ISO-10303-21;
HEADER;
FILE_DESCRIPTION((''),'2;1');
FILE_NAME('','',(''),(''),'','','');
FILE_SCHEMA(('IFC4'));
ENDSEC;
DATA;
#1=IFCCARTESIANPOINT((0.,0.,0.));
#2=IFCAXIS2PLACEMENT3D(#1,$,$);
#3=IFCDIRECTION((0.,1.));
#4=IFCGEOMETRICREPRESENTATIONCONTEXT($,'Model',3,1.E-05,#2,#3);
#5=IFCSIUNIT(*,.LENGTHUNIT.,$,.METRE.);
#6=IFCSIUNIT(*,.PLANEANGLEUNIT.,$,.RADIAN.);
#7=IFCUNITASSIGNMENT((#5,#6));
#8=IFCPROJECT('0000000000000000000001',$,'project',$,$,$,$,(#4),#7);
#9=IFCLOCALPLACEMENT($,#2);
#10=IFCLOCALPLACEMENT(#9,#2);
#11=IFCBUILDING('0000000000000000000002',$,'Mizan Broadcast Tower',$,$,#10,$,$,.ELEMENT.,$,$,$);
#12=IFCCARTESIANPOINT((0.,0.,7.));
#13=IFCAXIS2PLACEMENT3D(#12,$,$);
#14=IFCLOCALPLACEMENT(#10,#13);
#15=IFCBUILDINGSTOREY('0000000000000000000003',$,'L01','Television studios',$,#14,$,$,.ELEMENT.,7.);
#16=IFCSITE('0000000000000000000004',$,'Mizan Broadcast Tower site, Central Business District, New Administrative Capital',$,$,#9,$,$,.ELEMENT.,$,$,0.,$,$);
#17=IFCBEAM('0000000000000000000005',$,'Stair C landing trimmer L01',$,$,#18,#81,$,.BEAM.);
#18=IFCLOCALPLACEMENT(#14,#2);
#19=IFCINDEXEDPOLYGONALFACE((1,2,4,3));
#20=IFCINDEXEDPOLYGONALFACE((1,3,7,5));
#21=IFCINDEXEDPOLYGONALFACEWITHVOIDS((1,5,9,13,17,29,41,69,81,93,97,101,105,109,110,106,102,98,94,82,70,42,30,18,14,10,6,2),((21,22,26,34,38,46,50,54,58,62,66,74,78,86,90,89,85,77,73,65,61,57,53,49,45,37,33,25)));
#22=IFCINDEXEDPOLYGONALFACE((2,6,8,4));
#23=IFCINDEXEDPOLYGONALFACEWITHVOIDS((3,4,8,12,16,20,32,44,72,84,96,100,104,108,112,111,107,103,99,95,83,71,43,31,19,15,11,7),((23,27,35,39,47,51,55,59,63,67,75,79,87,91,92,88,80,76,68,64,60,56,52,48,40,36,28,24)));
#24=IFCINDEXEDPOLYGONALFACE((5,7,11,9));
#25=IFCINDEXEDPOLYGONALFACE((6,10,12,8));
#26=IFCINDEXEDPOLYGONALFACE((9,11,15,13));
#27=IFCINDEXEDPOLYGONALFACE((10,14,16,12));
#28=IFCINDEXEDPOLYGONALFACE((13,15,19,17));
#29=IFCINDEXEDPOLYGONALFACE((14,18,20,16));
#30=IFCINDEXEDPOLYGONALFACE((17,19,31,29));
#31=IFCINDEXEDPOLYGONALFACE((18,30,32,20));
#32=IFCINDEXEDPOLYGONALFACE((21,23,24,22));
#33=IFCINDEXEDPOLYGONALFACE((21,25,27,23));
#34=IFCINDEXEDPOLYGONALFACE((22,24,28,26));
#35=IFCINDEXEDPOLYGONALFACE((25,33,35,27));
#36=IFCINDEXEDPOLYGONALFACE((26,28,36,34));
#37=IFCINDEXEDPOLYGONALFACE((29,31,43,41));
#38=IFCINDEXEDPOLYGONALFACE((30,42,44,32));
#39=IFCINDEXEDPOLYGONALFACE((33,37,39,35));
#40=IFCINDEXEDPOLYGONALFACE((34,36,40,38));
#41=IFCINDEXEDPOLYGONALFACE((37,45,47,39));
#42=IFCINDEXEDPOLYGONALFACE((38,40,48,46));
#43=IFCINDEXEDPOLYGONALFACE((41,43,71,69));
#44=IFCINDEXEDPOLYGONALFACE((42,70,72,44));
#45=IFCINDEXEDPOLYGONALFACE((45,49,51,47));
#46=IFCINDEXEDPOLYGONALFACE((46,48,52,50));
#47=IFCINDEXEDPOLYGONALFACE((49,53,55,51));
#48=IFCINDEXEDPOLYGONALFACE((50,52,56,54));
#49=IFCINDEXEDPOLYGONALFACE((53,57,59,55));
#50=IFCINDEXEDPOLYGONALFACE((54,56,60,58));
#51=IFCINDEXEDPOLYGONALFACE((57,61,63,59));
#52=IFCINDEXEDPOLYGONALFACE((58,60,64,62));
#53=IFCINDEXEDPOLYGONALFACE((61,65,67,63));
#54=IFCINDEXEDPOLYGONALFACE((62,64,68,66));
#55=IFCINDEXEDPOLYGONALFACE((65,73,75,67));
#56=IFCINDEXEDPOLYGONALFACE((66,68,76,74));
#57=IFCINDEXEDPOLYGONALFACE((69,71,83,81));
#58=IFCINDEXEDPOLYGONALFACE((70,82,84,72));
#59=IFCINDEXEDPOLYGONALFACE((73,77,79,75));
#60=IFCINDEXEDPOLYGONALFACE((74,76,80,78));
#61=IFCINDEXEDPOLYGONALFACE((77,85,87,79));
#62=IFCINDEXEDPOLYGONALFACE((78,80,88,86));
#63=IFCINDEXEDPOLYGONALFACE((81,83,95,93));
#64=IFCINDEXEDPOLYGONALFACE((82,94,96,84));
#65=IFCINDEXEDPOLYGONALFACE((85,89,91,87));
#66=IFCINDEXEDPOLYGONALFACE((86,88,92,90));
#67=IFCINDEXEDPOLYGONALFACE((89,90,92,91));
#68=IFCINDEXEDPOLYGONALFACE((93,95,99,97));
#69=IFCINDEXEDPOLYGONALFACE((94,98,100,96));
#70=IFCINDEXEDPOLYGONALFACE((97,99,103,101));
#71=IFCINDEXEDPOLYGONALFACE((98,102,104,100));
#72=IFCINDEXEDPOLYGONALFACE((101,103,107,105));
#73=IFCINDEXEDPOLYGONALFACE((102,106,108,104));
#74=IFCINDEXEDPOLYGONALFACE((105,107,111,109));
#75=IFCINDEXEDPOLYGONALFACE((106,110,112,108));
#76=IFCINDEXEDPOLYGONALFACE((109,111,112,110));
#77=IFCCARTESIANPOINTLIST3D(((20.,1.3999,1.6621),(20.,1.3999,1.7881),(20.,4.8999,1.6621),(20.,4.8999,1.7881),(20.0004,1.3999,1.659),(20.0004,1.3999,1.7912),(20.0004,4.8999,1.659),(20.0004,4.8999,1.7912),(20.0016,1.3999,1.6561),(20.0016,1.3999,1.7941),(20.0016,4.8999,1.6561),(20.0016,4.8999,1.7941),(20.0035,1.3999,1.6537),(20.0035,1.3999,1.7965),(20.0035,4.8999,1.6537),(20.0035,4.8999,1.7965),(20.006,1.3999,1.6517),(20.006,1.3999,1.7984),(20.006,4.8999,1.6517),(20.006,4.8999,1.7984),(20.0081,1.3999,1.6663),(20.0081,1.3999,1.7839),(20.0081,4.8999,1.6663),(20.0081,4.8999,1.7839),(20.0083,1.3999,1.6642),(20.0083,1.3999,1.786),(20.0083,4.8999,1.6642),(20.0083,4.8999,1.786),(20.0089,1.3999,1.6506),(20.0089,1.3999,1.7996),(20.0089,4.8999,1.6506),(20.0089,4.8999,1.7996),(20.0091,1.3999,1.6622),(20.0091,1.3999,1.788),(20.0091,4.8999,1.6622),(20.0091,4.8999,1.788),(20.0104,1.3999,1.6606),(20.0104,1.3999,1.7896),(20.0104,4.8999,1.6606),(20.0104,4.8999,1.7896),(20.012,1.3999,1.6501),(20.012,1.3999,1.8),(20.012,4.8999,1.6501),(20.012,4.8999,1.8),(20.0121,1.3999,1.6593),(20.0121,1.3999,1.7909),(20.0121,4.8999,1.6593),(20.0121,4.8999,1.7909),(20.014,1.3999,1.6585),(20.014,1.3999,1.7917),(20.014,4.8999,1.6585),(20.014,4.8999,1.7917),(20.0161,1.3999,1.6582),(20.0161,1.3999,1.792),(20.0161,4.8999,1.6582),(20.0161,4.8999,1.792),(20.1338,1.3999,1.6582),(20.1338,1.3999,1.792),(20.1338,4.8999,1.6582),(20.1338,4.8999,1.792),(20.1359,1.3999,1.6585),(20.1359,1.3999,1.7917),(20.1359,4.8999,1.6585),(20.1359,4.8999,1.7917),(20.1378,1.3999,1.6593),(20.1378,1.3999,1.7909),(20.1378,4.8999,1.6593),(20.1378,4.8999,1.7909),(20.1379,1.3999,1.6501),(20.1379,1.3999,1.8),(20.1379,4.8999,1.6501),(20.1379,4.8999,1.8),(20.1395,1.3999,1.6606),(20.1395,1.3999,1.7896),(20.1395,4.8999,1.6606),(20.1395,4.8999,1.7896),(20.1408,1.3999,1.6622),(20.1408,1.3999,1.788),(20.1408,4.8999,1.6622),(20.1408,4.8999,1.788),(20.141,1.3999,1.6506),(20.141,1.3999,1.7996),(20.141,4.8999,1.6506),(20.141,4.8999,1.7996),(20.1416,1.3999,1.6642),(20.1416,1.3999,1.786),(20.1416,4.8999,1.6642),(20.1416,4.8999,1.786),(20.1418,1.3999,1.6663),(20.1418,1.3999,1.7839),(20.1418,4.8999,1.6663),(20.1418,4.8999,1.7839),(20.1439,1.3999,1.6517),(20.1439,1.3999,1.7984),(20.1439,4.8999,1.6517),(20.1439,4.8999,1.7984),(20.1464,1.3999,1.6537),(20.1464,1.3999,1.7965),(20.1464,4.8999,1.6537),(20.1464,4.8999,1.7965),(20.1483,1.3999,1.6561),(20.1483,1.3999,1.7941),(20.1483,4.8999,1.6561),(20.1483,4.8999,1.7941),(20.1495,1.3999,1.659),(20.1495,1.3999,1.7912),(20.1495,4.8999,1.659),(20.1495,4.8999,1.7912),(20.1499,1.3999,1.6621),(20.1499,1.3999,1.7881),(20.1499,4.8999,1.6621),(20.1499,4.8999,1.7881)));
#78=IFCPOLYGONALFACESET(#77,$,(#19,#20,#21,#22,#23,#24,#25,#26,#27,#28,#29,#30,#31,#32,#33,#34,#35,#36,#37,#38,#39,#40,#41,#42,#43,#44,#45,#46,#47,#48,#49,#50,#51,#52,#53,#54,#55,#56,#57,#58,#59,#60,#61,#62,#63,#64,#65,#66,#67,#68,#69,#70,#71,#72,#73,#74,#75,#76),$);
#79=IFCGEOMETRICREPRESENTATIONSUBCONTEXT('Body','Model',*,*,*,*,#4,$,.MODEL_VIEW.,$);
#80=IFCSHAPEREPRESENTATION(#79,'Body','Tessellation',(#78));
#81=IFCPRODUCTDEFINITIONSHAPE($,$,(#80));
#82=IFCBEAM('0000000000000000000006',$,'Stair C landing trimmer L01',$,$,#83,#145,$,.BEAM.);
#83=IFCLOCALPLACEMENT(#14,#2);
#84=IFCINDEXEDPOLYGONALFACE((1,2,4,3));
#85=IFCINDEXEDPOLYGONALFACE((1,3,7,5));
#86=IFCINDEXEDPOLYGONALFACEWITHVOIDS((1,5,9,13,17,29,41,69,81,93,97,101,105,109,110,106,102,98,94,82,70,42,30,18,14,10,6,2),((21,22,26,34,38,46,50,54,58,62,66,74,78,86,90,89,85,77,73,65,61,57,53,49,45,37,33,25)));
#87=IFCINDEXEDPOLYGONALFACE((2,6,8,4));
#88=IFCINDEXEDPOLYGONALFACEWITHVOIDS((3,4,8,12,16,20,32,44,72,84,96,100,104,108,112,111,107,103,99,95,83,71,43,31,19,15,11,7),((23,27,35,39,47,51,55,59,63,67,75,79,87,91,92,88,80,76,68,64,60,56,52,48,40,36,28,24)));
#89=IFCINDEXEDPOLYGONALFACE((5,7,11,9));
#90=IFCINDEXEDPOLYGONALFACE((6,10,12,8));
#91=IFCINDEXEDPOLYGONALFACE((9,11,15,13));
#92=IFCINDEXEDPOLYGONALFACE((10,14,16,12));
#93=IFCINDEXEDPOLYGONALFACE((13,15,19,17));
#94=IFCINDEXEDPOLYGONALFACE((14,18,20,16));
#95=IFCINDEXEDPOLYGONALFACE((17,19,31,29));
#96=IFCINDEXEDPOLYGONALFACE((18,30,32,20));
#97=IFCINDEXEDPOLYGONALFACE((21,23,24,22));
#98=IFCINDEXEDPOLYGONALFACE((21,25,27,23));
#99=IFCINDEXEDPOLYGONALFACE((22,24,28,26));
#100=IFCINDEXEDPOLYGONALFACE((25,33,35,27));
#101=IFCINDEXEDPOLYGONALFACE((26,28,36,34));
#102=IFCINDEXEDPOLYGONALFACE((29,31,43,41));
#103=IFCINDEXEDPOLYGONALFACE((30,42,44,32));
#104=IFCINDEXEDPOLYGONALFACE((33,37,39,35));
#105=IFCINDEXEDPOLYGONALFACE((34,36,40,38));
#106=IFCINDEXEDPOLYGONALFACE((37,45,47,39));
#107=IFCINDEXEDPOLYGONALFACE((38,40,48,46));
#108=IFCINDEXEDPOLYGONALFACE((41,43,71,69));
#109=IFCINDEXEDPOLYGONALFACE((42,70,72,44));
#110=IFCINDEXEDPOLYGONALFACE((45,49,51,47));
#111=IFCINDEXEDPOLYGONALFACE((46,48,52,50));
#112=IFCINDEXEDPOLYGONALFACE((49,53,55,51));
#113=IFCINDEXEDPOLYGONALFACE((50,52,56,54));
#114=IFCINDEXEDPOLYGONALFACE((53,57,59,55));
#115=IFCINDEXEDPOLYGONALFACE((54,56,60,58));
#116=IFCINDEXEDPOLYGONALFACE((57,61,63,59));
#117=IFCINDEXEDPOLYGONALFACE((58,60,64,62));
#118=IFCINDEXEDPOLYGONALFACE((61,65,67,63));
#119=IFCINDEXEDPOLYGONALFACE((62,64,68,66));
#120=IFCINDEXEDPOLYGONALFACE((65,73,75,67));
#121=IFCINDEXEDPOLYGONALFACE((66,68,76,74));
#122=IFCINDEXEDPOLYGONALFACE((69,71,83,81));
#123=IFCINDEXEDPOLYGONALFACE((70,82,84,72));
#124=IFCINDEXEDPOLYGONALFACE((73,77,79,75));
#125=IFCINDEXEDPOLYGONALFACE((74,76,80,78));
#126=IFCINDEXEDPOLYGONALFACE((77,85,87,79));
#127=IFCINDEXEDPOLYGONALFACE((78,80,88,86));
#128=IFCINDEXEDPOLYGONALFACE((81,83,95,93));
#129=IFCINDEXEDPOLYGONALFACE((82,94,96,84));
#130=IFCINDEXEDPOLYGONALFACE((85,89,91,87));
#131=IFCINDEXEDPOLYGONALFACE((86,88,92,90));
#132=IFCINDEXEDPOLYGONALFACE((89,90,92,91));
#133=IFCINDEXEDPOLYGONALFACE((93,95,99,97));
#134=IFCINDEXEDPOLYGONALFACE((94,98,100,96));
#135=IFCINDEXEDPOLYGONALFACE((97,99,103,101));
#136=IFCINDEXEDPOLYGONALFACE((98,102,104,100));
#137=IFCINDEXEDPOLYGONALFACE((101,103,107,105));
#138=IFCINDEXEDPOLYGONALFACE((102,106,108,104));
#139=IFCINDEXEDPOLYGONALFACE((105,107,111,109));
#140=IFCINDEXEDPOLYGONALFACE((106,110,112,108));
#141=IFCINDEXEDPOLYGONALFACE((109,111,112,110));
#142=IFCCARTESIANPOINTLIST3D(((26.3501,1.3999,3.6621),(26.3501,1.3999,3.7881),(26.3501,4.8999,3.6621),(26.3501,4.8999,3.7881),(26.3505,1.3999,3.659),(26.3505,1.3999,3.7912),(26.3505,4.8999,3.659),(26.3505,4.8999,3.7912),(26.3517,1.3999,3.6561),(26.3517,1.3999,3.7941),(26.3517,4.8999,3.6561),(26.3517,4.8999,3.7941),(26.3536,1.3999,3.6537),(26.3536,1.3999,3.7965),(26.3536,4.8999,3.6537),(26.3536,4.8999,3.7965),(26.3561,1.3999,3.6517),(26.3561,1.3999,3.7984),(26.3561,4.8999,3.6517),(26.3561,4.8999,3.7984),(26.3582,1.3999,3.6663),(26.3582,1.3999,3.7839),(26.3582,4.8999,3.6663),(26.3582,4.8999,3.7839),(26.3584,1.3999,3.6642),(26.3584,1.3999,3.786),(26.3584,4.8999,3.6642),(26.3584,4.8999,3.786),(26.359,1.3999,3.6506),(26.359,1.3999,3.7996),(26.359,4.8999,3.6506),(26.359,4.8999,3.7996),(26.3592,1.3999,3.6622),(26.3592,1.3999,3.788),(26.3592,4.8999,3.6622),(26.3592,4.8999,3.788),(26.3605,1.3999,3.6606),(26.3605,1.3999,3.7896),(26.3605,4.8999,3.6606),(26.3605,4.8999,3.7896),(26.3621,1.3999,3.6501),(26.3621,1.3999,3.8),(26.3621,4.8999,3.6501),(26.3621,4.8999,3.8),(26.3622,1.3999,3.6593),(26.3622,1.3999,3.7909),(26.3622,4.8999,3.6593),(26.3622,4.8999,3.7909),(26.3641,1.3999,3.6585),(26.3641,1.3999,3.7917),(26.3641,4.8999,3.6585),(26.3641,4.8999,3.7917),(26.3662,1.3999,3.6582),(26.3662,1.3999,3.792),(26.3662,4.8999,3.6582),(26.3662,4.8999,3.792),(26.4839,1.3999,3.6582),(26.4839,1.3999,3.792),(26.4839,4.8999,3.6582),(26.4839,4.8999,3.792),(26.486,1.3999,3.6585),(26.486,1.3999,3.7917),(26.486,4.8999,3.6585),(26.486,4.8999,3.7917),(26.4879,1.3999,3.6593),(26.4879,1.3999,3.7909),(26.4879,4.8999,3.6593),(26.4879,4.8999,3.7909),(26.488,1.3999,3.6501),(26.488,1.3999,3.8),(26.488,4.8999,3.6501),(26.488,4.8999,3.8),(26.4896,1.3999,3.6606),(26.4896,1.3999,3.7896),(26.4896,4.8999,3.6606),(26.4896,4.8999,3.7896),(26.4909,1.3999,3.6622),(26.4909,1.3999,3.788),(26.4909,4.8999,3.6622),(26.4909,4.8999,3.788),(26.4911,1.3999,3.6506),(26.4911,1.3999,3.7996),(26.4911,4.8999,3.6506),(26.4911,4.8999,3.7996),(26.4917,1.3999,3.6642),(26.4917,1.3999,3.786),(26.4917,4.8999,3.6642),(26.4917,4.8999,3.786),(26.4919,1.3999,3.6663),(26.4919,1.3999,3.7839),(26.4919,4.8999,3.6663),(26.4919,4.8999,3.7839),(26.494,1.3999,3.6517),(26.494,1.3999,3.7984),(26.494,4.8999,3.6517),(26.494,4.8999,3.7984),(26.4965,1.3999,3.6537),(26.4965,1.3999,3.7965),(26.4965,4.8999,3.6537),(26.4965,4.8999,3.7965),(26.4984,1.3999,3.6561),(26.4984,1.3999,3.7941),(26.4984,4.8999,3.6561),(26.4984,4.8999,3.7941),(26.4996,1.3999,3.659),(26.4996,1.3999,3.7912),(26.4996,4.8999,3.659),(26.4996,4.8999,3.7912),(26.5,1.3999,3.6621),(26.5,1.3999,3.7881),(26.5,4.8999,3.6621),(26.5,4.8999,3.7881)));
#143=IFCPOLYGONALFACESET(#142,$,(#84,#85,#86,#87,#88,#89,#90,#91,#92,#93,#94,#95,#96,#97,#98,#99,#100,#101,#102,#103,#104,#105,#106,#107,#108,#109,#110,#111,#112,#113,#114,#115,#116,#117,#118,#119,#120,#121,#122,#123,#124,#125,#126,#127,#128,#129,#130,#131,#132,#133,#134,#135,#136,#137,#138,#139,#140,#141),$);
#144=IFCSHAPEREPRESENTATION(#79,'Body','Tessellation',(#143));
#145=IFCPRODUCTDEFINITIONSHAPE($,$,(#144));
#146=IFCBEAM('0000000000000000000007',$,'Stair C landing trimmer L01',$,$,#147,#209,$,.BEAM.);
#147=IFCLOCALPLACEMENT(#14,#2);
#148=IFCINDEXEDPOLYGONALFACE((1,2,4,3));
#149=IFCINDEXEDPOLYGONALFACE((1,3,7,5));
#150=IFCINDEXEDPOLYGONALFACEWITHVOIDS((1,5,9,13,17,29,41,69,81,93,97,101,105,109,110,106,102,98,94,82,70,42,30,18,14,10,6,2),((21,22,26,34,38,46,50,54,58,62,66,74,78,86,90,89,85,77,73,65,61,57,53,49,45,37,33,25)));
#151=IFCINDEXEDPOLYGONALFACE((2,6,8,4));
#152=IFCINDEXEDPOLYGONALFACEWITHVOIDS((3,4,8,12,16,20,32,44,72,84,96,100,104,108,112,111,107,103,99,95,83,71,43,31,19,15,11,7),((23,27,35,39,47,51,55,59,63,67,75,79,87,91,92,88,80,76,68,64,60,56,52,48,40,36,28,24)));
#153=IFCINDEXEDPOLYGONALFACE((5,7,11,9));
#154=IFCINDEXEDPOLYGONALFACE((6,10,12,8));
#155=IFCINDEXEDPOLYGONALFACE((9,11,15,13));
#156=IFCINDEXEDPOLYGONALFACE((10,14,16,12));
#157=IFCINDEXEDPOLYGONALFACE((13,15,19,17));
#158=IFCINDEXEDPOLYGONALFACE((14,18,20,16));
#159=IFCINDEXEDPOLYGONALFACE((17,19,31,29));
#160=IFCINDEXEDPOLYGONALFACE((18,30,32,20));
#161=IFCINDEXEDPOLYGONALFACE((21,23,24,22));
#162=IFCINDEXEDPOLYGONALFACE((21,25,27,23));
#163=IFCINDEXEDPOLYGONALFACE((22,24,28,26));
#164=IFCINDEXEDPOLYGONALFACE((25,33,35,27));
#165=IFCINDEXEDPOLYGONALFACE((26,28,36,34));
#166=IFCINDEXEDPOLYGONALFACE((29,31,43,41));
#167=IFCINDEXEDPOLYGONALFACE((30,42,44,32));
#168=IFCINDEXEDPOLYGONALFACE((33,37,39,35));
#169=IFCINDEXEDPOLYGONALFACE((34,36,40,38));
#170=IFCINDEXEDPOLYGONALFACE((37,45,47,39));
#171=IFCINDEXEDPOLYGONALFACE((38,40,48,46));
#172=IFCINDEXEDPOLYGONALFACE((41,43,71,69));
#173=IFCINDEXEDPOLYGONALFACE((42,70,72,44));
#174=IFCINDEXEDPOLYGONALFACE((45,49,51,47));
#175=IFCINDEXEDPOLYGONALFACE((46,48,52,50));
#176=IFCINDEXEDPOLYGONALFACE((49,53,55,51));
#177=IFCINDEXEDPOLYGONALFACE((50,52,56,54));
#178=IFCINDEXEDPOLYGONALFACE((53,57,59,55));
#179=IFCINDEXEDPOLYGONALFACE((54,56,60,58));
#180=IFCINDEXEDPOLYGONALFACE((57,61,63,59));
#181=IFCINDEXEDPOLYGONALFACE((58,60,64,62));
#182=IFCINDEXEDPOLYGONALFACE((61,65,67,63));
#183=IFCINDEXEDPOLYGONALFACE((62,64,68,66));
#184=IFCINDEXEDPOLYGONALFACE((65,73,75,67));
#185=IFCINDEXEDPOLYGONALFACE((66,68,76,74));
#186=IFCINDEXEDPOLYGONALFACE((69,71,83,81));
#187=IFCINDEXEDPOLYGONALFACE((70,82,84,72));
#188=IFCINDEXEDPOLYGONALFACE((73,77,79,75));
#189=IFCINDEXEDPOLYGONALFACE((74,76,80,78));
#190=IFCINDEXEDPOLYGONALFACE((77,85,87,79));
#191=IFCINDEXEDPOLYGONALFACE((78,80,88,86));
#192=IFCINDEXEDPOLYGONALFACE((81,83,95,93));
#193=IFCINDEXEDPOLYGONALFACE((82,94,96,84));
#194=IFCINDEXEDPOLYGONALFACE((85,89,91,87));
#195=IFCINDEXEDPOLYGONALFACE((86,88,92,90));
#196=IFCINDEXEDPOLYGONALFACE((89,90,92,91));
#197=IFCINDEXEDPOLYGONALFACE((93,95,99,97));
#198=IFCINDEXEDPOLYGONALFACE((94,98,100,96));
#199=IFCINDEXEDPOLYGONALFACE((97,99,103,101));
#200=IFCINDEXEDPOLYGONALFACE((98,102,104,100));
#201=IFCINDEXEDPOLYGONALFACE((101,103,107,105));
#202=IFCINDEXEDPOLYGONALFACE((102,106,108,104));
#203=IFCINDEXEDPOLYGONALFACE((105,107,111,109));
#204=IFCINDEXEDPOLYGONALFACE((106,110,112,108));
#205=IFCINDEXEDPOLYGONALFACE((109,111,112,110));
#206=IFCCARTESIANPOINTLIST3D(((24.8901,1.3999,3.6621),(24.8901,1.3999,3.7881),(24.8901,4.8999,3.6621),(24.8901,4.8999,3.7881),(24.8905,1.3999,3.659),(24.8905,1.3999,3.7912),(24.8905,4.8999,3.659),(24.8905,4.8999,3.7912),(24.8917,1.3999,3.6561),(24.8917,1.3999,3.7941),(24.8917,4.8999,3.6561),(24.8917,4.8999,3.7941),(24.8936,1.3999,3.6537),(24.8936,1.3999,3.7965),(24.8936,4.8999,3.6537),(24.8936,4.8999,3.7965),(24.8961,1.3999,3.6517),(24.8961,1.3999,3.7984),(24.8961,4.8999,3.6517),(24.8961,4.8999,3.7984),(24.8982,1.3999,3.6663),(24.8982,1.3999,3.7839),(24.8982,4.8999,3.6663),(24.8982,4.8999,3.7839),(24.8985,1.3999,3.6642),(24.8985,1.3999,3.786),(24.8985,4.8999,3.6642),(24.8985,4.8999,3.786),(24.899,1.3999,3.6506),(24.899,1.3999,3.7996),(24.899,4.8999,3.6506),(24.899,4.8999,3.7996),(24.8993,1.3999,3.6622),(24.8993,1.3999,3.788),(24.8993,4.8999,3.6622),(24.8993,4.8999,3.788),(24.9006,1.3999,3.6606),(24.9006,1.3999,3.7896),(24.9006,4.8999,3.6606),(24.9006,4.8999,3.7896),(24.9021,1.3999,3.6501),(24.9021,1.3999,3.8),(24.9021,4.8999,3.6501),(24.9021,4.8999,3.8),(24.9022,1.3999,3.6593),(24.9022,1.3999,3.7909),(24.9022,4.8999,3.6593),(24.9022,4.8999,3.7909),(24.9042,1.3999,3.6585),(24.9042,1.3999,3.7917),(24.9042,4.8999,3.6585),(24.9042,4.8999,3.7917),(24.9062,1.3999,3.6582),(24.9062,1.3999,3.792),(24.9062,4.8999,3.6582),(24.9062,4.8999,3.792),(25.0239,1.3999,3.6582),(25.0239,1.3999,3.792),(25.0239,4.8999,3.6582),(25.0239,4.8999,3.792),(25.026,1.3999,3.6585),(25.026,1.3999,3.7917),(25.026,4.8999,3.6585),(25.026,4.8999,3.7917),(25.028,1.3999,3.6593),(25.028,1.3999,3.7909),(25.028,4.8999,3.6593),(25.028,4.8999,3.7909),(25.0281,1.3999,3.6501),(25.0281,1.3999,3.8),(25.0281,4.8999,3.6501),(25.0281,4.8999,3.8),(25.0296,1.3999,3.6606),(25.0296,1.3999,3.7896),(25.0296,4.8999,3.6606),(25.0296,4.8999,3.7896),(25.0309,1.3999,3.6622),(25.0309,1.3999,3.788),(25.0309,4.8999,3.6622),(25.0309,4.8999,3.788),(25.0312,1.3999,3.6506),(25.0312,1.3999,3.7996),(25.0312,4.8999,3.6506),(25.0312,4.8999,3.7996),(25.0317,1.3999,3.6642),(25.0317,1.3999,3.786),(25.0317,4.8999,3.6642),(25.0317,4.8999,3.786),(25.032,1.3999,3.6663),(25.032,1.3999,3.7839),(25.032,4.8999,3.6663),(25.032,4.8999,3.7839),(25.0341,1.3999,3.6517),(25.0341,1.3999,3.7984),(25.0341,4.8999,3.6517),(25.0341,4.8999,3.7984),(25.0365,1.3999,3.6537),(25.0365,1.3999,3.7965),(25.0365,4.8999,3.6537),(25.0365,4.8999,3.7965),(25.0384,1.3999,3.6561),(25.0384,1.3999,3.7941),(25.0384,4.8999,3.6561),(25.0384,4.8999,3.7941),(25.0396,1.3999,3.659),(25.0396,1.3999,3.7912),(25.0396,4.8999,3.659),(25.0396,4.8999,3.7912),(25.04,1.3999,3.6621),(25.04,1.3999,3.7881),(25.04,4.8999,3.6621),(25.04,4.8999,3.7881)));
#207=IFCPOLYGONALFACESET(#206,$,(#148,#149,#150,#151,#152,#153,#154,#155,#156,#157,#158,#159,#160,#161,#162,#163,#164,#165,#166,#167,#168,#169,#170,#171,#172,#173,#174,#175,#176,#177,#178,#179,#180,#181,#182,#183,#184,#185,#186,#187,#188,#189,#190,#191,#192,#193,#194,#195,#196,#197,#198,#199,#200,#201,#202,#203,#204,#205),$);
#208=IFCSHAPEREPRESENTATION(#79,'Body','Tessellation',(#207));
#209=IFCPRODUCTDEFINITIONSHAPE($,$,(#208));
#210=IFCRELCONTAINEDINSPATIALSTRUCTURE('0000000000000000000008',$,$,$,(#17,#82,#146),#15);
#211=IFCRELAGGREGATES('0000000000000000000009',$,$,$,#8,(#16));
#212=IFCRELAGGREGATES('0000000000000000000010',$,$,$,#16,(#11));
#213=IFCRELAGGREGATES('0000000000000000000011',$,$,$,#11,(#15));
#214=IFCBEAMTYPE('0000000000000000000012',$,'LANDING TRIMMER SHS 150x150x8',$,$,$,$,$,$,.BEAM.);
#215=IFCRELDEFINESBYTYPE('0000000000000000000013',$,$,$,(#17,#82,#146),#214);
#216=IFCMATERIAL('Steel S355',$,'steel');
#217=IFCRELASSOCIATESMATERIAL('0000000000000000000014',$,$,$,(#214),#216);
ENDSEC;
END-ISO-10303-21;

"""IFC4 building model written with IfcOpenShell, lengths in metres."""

from ifc_helpers import new_model, si_unit, direction, frame, origin, origin_2d, place, context, subcontext, project, spatial, hollow_rectangle, extrude, material, material_profile, profile_set, type_object, element, save


model = new_model("IFC4")

# Units and contexts
model_context = context("Model", 3, precision=1e-05, world=origin(), true_north=direction((0.0, 1.0)))
body_context = subcontext(model_context, "Body", "Model", "MODEL_VIEW")
ifc_project = project(units=[si_unit("LENGTHUNIT", "METRE"), si_unit("PLANEANGLEUNIT", "RADIAN")], contexts=[model_context])

# Site, building, storey
site_placement = place(None, origin())
site = spatial("IfcSite", under=ifc_project, at=site_placement, Name="Mizan Broadcast Tower site, Central Business District, New Administrative Capital", CompositionType="ELEMENT", RefElevation=0.0)
building_placement = place(site_placement, origin())
building = spatial("IfcBuilding", under=site, at=building_placement, Name="Mizan Broadcast Tower", CompositionType="ELEMENT")
storey_placement = place(building_placement, frame((0.0, 0.0, 7.0)))
storey = spatial("IfcBuildingStorey", under=building, at=storey_placement, Name="L01", Description="Television studios", CompositionType="ELEMENT", Elevation=7.0)

# Beams
ifc_material_1 = material(Name="Steel S355", Category="steel")
ifc_material_profile_1 = material_profile(ifc_material_1, hollow_rectangle(XDim=0.1499, YDim=0.1499, WallThickness=0.0081, InnerFilletRadius=0.0081, OuterFilletRadius=0.012, at=origin_2d()), Name="SHS 150x150x8")
ifc_profile_set_1 = profile_set([ifc_material_profile_1], Name="Steel S355")
beam_type_1 = type_object("IfcBeamType", Name="LANDING TRIMMER SHS 150x150x8", PredefinedType="BEAM", material=ifc_profile_set_1)
for number, where, z_axis, x_axis, name in (
    (1, (20.075, 1.3999, 1.7251), (0.0, 1.0, 0.0), (-1.0, 0.0, 0.0), "Stair C landing trimmer L01"),
    (2, (26.425, 1.3999, 3.7251), (0.0, 1.0, 0.0), (-1.0, 0.0, 0.0), "Stair C landing trimmer L01"),
    (3, (24.9651, 1.3999, 3.7251), (0.0, 1.0, 0.0), (-1.0, 0.0, 0.0), "Stair C landing trimmer L01"),
):
    element("IfcBeam", number, at=place(storey_placement, frame(where, z_axis=z_axis, x_axis=x_axis)), inside=storey, type_object=beam_type_1, Name=name, PredefinedType="BEAM", context=body_context, shape_type="SweptSolid", body=[
        extrude(hollow_rectangle(XDim=0.1499, YDim=0.1499, WallThickness=0.0081, InnerFilletRadius=0.0081, OuterFilletRadius=0.012, at=origin_2d()), origin(), (0.0, 0.0, 1.0), 3.5),
    ])

save(model, "model.ifc")
